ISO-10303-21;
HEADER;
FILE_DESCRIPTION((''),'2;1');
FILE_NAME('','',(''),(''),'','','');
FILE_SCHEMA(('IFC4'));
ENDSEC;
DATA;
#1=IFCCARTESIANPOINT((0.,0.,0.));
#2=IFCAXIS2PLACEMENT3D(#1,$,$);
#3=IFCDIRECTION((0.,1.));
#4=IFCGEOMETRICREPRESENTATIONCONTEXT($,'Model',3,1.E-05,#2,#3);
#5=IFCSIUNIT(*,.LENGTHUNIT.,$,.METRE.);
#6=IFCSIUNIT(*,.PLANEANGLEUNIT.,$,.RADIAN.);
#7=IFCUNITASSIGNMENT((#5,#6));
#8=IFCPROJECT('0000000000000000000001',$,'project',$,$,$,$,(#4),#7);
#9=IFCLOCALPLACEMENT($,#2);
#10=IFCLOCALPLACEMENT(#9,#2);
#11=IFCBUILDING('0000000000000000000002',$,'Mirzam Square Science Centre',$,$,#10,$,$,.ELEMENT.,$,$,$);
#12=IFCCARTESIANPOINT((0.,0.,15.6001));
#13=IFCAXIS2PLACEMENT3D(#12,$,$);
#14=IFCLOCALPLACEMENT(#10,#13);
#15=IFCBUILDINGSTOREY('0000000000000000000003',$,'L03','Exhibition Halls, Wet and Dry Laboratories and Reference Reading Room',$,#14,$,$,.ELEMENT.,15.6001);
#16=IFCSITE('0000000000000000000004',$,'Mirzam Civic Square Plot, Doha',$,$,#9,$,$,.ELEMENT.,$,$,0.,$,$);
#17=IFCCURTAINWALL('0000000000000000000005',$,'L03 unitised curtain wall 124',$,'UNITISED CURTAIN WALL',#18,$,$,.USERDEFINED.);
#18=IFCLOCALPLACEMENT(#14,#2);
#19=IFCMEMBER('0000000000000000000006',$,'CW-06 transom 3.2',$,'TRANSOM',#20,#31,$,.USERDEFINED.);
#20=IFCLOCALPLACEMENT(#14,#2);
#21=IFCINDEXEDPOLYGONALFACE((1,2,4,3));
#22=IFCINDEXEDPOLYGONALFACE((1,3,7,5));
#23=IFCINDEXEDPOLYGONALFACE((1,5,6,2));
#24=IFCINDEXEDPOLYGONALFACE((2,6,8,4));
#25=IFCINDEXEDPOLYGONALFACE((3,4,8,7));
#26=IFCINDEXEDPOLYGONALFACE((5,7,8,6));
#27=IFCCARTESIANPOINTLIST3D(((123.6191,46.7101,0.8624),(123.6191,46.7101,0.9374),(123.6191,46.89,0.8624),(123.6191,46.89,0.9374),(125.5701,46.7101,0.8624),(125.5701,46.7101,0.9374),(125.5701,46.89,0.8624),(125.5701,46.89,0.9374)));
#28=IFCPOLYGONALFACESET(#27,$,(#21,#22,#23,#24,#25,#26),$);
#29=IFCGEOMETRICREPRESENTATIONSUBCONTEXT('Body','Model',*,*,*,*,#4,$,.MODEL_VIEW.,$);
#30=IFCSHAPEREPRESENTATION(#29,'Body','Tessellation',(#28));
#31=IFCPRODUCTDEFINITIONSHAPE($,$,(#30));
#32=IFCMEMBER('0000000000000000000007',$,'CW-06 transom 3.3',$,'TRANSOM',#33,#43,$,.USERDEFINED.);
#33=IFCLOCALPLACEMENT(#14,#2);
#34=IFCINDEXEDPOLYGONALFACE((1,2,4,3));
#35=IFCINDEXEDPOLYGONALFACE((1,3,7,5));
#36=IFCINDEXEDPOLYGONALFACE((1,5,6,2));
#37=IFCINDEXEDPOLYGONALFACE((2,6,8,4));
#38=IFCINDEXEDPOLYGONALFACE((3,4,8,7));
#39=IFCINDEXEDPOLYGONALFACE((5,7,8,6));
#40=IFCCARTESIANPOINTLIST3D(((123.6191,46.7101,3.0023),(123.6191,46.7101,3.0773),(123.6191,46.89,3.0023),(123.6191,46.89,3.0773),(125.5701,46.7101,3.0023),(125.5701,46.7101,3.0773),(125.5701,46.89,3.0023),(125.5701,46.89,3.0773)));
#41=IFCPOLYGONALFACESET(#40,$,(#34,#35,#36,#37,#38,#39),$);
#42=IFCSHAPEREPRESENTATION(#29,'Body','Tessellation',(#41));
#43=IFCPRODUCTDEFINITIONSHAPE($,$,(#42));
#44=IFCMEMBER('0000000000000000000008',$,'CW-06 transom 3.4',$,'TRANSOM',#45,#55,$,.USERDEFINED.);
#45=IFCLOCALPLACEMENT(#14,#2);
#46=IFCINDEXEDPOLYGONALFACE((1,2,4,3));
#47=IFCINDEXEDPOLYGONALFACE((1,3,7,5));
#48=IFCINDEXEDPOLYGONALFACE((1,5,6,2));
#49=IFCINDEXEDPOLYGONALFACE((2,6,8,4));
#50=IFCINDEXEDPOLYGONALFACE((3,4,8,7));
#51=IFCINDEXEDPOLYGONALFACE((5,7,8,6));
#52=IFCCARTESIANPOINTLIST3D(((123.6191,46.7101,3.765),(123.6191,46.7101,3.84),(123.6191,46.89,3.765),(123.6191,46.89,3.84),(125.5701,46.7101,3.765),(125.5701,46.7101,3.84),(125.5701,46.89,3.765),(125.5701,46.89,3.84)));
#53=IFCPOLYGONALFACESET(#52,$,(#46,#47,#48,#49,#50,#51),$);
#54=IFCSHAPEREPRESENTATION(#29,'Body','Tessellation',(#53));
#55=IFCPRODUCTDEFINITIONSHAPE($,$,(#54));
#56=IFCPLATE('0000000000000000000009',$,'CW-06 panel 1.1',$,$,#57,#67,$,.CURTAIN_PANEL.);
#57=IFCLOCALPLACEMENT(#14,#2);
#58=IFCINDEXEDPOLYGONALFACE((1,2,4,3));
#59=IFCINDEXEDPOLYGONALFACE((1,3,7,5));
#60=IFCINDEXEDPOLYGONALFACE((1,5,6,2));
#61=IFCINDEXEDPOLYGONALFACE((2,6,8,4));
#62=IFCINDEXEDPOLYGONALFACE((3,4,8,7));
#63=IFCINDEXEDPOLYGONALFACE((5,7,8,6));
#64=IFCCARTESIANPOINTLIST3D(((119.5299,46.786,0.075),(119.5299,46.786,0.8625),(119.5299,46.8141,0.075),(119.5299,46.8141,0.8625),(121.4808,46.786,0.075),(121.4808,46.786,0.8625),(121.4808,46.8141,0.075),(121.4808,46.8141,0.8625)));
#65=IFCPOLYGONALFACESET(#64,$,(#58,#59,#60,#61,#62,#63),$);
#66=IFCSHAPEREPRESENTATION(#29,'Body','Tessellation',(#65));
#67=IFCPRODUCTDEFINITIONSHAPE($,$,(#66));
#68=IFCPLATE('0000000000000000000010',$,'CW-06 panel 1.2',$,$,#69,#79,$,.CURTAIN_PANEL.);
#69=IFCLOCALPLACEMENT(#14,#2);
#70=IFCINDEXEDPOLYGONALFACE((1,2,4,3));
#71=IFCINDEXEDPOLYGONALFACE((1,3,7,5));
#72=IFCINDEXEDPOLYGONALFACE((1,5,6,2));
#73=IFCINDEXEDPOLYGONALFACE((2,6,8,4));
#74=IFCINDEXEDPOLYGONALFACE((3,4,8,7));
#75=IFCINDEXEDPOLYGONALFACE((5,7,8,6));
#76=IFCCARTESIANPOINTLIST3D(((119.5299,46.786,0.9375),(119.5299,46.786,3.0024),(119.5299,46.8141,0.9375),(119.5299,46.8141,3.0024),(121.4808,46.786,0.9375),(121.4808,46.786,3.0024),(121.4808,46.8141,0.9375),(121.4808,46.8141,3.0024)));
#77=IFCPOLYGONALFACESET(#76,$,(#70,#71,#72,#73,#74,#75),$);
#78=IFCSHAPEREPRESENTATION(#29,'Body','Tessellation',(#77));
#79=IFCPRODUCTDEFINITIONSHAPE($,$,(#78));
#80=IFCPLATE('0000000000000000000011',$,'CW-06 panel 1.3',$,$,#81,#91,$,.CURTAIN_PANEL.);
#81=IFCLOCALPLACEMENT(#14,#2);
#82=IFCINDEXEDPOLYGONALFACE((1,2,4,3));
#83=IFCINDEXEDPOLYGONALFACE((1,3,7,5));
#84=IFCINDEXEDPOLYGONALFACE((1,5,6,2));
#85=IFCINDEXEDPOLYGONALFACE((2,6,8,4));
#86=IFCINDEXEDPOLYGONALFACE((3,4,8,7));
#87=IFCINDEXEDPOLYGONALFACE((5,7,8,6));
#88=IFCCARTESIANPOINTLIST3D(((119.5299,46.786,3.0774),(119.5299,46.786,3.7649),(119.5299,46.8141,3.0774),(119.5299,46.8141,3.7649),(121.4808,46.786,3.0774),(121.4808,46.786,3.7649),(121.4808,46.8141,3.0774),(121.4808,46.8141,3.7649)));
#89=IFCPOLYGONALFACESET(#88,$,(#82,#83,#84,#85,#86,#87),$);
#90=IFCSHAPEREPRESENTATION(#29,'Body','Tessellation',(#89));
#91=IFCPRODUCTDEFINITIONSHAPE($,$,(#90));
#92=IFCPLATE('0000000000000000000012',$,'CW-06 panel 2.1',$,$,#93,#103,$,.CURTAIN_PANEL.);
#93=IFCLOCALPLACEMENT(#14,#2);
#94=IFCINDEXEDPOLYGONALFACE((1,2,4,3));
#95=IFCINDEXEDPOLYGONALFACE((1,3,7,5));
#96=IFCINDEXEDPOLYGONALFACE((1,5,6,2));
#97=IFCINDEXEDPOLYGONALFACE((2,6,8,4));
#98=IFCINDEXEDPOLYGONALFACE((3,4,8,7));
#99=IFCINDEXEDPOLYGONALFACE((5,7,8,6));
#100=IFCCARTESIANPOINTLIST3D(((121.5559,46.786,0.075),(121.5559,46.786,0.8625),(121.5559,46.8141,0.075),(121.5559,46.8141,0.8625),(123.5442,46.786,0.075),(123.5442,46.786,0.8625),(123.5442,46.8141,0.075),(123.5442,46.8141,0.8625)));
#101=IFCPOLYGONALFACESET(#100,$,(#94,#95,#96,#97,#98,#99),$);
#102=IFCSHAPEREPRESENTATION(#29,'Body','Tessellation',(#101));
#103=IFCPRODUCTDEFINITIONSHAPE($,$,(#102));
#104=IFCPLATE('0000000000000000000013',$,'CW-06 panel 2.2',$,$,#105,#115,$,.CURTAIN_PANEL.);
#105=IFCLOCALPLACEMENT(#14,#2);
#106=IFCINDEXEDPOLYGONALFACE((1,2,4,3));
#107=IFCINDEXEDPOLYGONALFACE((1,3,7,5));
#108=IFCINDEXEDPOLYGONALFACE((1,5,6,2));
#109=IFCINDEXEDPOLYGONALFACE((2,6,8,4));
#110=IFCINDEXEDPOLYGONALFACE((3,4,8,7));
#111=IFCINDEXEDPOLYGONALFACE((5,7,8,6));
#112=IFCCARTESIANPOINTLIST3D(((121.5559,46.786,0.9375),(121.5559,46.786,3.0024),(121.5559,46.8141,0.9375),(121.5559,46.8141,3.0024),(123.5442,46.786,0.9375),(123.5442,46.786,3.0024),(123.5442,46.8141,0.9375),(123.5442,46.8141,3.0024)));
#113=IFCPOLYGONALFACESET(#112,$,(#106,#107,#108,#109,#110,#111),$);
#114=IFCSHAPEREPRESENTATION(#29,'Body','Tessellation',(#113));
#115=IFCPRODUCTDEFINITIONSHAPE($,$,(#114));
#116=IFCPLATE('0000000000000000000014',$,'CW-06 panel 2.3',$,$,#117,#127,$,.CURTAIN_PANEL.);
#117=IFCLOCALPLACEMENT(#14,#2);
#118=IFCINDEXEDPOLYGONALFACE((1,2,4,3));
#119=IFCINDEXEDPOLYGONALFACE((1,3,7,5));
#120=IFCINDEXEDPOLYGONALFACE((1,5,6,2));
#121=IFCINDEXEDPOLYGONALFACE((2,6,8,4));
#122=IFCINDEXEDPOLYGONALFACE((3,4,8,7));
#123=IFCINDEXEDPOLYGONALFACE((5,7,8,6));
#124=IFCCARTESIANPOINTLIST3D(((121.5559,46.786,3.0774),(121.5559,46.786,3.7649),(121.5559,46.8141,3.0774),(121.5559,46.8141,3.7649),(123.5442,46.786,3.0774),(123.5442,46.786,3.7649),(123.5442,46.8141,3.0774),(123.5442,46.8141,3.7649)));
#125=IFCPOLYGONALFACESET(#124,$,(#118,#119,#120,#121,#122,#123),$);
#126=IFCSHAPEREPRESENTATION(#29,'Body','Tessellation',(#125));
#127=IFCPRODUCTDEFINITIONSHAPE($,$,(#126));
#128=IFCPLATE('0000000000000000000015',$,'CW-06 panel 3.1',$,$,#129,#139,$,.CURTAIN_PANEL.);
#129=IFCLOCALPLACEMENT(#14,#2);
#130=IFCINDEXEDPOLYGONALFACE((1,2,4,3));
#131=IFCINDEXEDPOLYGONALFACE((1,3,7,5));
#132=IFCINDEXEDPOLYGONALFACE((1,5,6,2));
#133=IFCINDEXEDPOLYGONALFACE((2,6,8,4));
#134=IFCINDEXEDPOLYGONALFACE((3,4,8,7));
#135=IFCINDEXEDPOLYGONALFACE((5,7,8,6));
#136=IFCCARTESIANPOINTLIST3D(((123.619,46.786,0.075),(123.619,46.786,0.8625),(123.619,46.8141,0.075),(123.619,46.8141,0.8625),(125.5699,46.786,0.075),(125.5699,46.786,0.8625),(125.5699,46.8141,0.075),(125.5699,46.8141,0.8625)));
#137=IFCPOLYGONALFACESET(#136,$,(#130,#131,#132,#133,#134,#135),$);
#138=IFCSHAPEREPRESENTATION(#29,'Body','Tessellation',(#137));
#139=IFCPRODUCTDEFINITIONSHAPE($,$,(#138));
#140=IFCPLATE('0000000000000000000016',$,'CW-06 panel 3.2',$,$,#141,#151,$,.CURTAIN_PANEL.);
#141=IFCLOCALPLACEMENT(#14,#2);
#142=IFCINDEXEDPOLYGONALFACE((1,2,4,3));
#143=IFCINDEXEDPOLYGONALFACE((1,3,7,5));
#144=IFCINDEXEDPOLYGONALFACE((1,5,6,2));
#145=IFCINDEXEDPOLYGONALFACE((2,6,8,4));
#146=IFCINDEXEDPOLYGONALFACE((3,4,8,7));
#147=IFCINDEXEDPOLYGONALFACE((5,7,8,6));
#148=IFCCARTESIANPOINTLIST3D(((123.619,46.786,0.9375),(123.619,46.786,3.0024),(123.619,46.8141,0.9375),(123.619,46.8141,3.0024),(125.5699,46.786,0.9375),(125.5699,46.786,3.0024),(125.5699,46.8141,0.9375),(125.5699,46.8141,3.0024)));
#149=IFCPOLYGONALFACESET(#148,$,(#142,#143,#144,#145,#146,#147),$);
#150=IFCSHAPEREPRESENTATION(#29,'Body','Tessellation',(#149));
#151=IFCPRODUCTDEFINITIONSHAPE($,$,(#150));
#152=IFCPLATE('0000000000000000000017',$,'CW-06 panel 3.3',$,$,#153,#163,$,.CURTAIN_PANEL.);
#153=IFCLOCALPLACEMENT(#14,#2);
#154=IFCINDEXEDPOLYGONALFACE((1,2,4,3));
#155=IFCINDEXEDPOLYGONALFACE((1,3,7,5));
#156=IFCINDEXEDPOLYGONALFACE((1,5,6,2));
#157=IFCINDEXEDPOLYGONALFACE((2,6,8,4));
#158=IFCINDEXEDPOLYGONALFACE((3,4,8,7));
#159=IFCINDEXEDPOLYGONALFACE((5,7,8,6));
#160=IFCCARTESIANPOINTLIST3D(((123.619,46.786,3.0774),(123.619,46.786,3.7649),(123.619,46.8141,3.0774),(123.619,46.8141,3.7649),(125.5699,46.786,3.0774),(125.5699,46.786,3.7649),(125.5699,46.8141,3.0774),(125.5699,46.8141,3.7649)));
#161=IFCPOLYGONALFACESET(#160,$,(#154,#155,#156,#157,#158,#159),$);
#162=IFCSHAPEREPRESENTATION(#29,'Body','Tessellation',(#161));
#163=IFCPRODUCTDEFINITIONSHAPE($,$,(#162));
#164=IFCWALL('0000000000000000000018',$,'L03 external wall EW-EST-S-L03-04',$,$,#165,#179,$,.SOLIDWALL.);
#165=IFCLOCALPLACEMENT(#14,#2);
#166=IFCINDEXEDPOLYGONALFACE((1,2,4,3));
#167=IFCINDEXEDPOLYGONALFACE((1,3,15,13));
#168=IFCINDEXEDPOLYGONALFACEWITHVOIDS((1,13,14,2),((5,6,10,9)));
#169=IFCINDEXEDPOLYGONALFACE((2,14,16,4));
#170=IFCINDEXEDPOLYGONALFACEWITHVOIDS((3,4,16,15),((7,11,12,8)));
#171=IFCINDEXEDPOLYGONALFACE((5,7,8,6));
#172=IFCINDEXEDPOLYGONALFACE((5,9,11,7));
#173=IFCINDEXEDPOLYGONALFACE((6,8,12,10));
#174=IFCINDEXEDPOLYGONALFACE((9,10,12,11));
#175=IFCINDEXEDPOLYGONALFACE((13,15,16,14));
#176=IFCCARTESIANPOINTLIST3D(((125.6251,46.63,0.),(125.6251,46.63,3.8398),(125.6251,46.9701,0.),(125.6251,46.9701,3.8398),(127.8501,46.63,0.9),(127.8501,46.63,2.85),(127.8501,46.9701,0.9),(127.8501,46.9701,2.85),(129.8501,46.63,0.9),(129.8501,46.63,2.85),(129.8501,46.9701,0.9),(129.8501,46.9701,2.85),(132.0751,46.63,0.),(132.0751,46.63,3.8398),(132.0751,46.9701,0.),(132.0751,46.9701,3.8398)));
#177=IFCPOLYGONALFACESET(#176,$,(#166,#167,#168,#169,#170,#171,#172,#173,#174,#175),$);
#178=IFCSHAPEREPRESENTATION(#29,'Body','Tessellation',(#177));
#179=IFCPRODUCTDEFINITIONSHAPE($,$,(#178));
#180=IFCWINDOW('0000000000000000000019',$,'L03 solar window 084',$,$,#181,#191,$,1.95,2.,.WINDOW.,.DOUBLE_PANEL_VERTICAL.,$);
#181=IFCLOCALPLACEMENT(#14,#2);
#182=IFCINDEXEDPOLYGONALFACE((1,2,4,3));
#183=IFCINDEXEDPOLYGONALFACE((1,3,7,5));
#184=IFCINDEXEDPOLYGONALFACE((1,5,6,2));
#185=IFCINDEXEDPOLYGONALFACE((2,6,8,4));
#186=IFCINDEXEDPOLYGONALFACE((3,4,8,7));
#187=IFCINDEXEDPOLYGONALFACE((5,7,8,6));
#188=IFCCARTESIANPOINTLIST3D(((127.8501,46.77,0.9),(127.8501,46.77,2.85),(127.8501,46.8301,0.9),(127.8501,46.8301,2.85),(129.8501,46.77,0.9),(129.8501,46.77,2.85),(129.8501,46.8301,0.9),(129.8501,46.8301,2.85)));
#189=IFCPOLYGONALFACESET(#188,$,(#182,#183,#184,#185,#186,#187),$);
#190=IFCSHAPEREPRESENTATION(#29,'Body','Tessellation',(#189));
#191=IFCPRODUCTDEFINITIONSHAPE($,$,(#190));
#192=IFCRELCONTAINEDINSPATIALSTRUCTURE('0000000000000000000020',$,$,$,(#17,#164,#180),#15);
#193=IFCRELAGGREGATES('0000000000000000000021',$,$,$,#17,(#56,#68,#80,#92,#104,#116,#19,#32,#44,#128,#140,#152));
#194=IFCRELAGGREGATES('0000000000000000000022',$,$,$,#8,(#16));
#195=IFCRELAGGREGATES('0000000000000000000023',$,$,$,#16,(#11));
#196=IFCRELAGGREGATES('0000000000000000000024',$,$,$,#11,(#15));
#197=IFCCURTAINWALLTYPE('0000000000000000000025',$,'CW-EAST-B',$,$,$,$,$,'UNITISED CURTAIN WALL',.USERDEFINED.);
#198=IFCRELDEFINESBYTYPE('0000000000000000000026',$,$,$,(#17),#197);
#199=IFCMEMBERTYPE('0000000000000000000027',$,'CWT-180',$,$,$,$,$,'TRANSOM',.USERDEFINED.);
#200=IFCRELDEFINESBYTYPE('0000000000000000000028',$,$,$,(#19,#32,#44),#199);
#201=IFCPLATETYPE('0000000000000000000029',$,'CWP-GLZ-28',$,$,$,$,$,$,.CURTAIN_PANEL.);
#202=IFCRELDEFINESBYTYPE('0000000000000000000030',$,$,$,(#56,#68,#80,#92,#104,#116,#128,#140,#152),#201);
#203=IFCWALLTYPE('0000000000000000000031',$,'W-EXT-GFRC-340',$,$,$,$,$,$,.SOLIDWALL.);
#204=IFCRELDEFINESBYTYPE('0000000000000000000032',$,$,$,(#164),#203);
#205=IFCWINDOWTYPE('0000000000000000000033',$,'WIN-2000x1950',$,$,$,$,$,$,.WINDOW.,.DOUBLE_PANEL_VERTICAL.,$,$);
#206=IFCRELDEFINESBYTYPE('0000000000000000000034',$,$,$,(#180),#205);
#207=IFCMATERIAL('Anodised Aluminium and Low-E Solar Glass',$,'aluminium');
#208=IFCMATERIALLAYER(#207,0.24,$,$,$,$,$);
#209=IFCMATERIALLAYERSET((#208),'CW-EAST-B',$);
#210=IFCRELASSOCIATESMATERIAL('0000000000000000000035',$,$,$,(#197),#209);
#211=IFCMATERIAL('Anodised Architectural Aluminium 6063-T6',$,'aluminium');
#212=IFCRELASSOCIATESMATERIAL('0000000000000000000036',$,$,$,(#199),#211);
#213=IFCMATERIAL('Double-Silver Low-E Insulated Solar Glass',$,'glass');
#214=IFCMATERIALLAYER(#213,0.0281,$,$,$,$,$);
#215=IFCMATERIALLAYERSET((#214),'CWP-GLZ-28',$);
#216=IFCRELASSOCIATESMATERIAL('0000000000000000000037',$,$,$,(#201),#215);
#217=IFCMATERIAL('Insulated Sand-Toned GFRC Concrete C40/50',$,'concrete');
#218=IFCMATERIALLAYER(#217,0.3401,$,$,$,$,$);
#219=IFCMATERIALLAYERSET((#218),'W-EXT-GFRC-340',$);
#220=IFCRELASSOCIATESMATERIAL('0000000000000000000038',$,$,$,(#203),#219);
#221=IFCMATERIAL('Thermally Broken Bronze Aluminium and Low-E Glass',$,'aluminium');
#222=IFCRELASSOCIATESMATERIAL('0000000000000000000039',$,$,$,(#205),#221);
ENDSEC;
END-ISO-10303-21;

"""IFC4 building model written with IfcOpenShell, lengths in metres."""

from ifc_helpers import new_model, si_unit, direction, frame, frame_2d, origin, origin_2d, place, context, subcontext, project, spatial, rectangle, extrude, material, layer, layer_set, material_profile, profile_set, type_object, element, fill, aggregate, save


model = new_model("IFC4")

# Units and contexts
model_context = context("Model", 3, precision=1e-05, world=origin(), true_north=direction((0.0, 1.0)))
body_context = subcontext(model_context, "Body", "Model", "MODEL_VIEW")
ifc_project = project(units=[si_unit("LENGTHUNIT", "METRE"), si_unit("PLANEANGLEUNIT", "RADIAN")], contexts=[model_context])

# Site, building, storey
site_placement = place(None, origin())
site = spatial("IfcSite", under=ifc_project, at=site_placement, Name="Mirzam Civic Square Plot, Doha", CompositionType="ELEMENT", RefElevation=0.0)
building_placement = place(site_placement, origin())
building = spatial("IfcBuilding", under=site, at=building_placement, Name="Mirzam Square Science Centre", CompositionType="ELEMENT")
storey_placement = place(building_placement, frame((0.0, 0.0, 15.6001)))
storey = spatial("IfcBuildingStorey", under=building, at=storey_placement, Name="L03", Description="Exhibition Halls, Wet and Dry Laboratories and Reference Reading Room", CompositionType="ELEMENT", Elevation=15.6001)

# Shared definitions
ifc_material_1 = material(Name="Anodised Aluminium and Low-E Solar Glass", Category="aluminium")
ifc_material_2 = material(Name="Anodised Architectural Aluminium 6063-T6", Category="aluminium")

# Curtain wall
ifc_layer_1 = layer(ifc_material_1, 0.24)
ifc_layer_set_1 = layer_set([ifc_layer_1], Name="CW-EAST-B")
curtain_wall_type_1 = type_object("IfcCurtainWallType", Name="CW-EAST-B", ElementType="UNITISED CURTAIN WALL", PredefinedType="USERDEFINED", material=ifc_layer_set_1)
curtain_wall_1_placement = place(storey_placement, origin())
curtain_wall_1 = element("IfcCurtainWall", 1, at=curtain_wall_1_placement, inside=storey, type_object=curtain_wall_type_1, Name="L03 unitised curtain wall 124", ObjectType="UNITISED CURTAIN WALL", PredefinedType="USERDEFINED")

# Members
ifc_material_profile_1 = material_profile(ifc_material_2, rectangle(XDim=0.1799, YDim=0.075, at=origin_2d()), Name="ALU-TRAN-180x75x5")
ifc_profile_set_1 = profile_set([ifc_material_profile_1], Name="Anodised Architectural Aluminium 6063-T6")
member_type_1 = type_object("IfcMemberType", Name="CWT-180", ElementType="TRANSOM", PredefinedType="USERDEFINED", material=ifc_profile_set_1)
member_1_placement = place(storey_placement, frame((123.6191, 46.8, 0.8999), z_axis=(1.0, 0.0, 0.0), x_axis=(0.0, 1.0, 0.0)))
member_1 = element("IfcMember", 2, at=member_1_placement, type_object=member_type_1, Name="CW-06 transom 3.2", ObjectType="TRANSOM", PredefinedType="USERDEFINED", context=body_context, shape_type="SweptSolid", body=[
    extrude(rectangle(XDim=0.1799, YDim=0.075, at=origin_2d()), origin(), (0.0, 0.0, 1.0), 1.9509),
])
member_2_placement = place(storey_placement, frame((123.6191, 46.8, 3.0398), z_axis=(1.0, 0.0, 0.0), x_axis=(0.0, 1.0, 0.0)))
member_2 = element("IfcMember", 3, at=member_2_placement, type_object=member_type_1, Name="CW-06 transom 3.3", ObjectType="TRANSOM", PredefinedType="USERDEFINED", context=body_context, shape_type="SweptSolid", body=[
    extrude(rectangle(XDim=0.1799, YDim=0.075, at=origin_2d()), origin(), (0.0, 0.0, 1.0), 1.9509),
])
member_3_placement = place(storey_placement, frame((123.6191, 46.8, 3.8025), z_axis=(1.0, 0.0, 0.0), x_axis=(0.0, 1.0, 0.0)))
member_3 = element("IfcMember", 4, at=member_3_placement, type_object=member_type_1, Name="CW-06 transom 3.4", ObjectType="TRANSOM", PredefinedType="USERDEFINED", context=body_context, shape_type="SweptSolid", body=[
    extrude(rectangle(XDim=0.1799, YDim=0.075, at=origin_2d()), origin(), (0.0, 0.0, 1.0), 1.9509),
])

# Plates
ifc_material_3 = material(Name="Double-Silver Low-E Insulated Solar Glass", Category="glass")
ifc_layer_2 = layer(ifc_material_3, 0.0281)
ifc_layer_set_2 = layer_set([ifc_layer_2], Name="CWP-GLZ-28")
plate_type = type_object("IfcPlateType", Name="CWP-GLZ-28", PredefinedType="CURTAIN_PANEL", material=ifc_layer_set_2)
plate_1_placement = place(storey_placement, frame((120.5054, 46.8, 0.075), z_axis=(0.0, 0.0, 1.0), x_axis=(1.0, 0.0, 0.0)))
plate_1 = element("IfcPlate", 5, at=plate_1_placement, type_object=plate_type, Name="CW-06 panel 1.1", PredefinedType="CURTAIN_PANEL", context=body_context, shape_type="SweptSolid", body=[
    extrude(rectangle(XDim=1.9509, YDim=0.0281, at=origin_2d()), origin(), (0.0, 0.0, 1.0), 0.7876),
])
plate_2_placement = place(storey_placement, frame((120.5054, 46.8, 0.9375), z_axis=(0.0, 0.0, 1.0), x_axis=(1.0, 0.0, 0.0)))
plate_2 = element("IfcPlate", 6, at=plate_2_placement, type_object=plate_type, Name="CW-06 panel 1.2", PredefinedType="CURTAIN_PANEL", context=body_context, shape_type="SweptSolid", body=[
    extrude(rectangle(XDim=1.9509, YDim=0.0281, at=origin_2d()), origin(), (0.0, 0.0, 1.0), 2.0649),
])
plate_3_placement = place(storey_placement, frame((120.5054, 46.8, 3.0774), z_axis=(0.0, 0.0, 1.0), x_axis=(1.0, 0.0, 0.0)))
plate_3 = element("IfcPlate", 7, at=plate_3_placement, type_object=plate_type, Name="CW-06 panel 1.3", PredefinedType="CURTAIN_PANEL", context=body_context, shape_type="SweptSolid", body=[
    extrude(rectangle(XDim=1.9509, YDim=0.0281, at=origin_2d()), origin(), (0.0, 0.0, 1.0), 0.6875),
])
plate_4_placement = place(storey_placement, frame((122.55, 46.8, 0.075), z_axis=(0.0, 0.0, 1.0), x_axis=(1.0, 0.0, 0.0)))
plate_4 = element("IfcPlate", 8, at=plate_4_placement, type_object=plate_type, Name="CW-06 panel 2.1", PredefinedType="CURTAIN_PANEL", context=body_context, shape_type="SweptSolid", body=[
    extrude(rectangle(XDim=1.9883, YDim=0.0281, at=origin_2d()), origin(), (0.0, 0.0, 1.0), 0.7876),
])
plate_5_placement = place(storey_placement, frame((122.55, 46.8, 0.9375), z_axis=(0.0, 0.0, 1.0), x_axis=(1.0, 0.0, 0.0)))
plate_5 = element("IfcPlate", 9, at=plate_5_placement, type_object=plate_type, Name="CW-06 panel 2.2", PredefinedType="CURTAIN_PANEL", context=body_context, shape_type="SweptSolid", body=[
    extrude(rectangle(XDim=1.9883, YDim=0.0281, at=origin_2d()), origin(), (0.0, 0.0, 1.0), 2.0649),
])
plate_6_placement = place(storey_placement, frame((122.55, 46.8, 3.0774), z_axis=(0.0, 0.0, 1.0), x_axis=(1.0, 0.0, 0.0)))
plate_6 = element("IfcPlate", 10, at=plate_6_placement, type_object=plate_type, Name="CW-06 panel 2.3", PredefinedType="CURTAIN_PANEL", context=body_context, shape_type="SweptSolid", body=[
    extrude(rectangle(XDim=1.9883, YDim=0.0281, at=origin_2d()), origin(), (0.0, 0.0, 1.0), 0.6875),
])
plate_7_placement = place(storey_placement, frame((124.5945, 46.8, 0.075), z_axis=(0.0, 0.0, 1.0), x_axis=(1.0, 0.0, 0.0)))
plate_7 = element("IfcPlate", 11, at=plate_7_placement, type_object=plate_type, Name="CW-06 panel 3.1", PredefinedType="CURTAIN_PANEL", context=body_context, shape_type="SweptSolid", body=[
    extrude(rectangle(XDim=1.9509, YDim=0.0281, at=origin_2d()), origin(), (0.0, 0.0, 1.0), 0.7876),
])
plate_8_placement = place(storey_placement, frame((124.5945, 46.8, 0.9375), z_axis=(0.0, 0.0, 1.0), x_axis=(1.0, 0.0, 0.0)))
plate_8 = element("IfcPlate", 12, at=plate_8_placement, type_object=plate_type, Name="CW-06 panel 3.2", PredefinedType="CURTAIN_PANEL", context=body_context, shape_type="SweptSolid", body=[
    extrude(rectangle(XDim=1.9509, YDim=0.0281, at=origin_2d()), origin(), (0.0, 0.0, 1.0), 2.0649),
])
plate_9_placement = place(storey_placement, frame((124.5945, 46.8, 3.0774), z_axis=(0.0, 0.0, 1.0), x_axis=(1.0, 0.0, 0.0)))
plate_9 = element("IfcPlate", 13, at=plate_9_placement, type_object=plate_type, Name="CW-06 panel 3.3", PredefinedType="CURTAIN_PANEL", context=body_context, shape_type="SweptSolid", body=[
    extrude(rectangle(XDim=1.9509, YDim=0.0281, at=origin_2d()), origin(), (0.0, 0.0, 1.0), 0.6875),
])
aggregate(curtain_wall_1, [plate_1, plate_2, plate_3, plate_4, plate_5, plate_6, member_1, member_2, member_3, plate_7, plate_8, plate_9])

# Wall, opening, window
ifc_material_4 = material(Name="Insulated Sand-Toned GFRC Concrete C40/50", Category="concrete")
ifc_layer_3 = layer(ifc_material_4, 0.3401)
ifc_layer_set_3 = layer_set([ifc_layer_3], Name="W-EXT-GFRC-340")
wall_type = type_object("IfcWallType", Name="W-EXT-GFRC-340", PredefinedType="SOLIDWALL", material=ifc_layer_set_3)
wall_placement = place(storey_placement, frame((125.625, 46.8, 0.0), z_axis=(0.0, 0.0, 1.0), x_axis=(1.0, 0.0, 0.0)))
wall = element("IfcWall", 14, at=wall_placement, inside=storey, type_object=wall_type, Name="L03 external wall EW-EST-S-L03-04", PredefinedType="SOLIDWALL", context=body_context, shape_type="SweptSolid", body=[
    extrude(rectangle(XDim=6.45, YDim=0.3401, at=frame_2d((3.2251, 0.0))), origin(), (0.0, 0.0, 1.0), 3.8398),
])
opening_placement = place(wall_placement, frame((2.2251, 0.0, 0.8999)))
opening = element("IfcOpeningElement", 15, at=opening_placement, cuts=wall, PredefinedType="OPENING", context=body_context, shape_type="SweptSolid", body=[
    extrude(rectangle(XDim=2.0, YDim=1.95, at=frame_2d((1.0, 0.9751))), frame((0.0, 0.1799, 0.0), z_axis=(0.0, -1.0, 0.0), x_axis=(1.0, 0.0, 0.0)), (0.0, 0.0, 1.0), 0.3601),
])
ifc_material_5 = material(Name="Thermally Broken Bronze Aluminium and Low-E Glass", Category="aluminium")
window_type = type_object("IfcWindowType", Name="WIN-2000x1950", PartitioningType="DOUBLE_PANEL_VERTICAL", PredefinedType="WINDOW", material=ifc_material_5)
window_placement = place(opening_placement, origin())
window = element("IfcWindow", 16, at=window_placement, inside=storey, type_object=window_type, Name="L03 solar window 084", OverallHeight=1.95, OverallWidth=2.0, PartitioningType="DOUBLE_PANEL_VERTICAL", PredefinedType="WINDOW", context=body_context, shape_type="SweptSolid", body=[
    extrude(rectangle(XDim=2.0, YDim=1.95, at=frame_2d((1.0, 0.9751))), frame((0.0, 0.03, 0.0), z_axis=(0.0, -1.0, 0.0), x_axis=(1.0, 0.0, 0.0)), (0.0, 0.0, 1.0), 0.0601),
])
fill(opening, window)

save(model, "model.ifc")
